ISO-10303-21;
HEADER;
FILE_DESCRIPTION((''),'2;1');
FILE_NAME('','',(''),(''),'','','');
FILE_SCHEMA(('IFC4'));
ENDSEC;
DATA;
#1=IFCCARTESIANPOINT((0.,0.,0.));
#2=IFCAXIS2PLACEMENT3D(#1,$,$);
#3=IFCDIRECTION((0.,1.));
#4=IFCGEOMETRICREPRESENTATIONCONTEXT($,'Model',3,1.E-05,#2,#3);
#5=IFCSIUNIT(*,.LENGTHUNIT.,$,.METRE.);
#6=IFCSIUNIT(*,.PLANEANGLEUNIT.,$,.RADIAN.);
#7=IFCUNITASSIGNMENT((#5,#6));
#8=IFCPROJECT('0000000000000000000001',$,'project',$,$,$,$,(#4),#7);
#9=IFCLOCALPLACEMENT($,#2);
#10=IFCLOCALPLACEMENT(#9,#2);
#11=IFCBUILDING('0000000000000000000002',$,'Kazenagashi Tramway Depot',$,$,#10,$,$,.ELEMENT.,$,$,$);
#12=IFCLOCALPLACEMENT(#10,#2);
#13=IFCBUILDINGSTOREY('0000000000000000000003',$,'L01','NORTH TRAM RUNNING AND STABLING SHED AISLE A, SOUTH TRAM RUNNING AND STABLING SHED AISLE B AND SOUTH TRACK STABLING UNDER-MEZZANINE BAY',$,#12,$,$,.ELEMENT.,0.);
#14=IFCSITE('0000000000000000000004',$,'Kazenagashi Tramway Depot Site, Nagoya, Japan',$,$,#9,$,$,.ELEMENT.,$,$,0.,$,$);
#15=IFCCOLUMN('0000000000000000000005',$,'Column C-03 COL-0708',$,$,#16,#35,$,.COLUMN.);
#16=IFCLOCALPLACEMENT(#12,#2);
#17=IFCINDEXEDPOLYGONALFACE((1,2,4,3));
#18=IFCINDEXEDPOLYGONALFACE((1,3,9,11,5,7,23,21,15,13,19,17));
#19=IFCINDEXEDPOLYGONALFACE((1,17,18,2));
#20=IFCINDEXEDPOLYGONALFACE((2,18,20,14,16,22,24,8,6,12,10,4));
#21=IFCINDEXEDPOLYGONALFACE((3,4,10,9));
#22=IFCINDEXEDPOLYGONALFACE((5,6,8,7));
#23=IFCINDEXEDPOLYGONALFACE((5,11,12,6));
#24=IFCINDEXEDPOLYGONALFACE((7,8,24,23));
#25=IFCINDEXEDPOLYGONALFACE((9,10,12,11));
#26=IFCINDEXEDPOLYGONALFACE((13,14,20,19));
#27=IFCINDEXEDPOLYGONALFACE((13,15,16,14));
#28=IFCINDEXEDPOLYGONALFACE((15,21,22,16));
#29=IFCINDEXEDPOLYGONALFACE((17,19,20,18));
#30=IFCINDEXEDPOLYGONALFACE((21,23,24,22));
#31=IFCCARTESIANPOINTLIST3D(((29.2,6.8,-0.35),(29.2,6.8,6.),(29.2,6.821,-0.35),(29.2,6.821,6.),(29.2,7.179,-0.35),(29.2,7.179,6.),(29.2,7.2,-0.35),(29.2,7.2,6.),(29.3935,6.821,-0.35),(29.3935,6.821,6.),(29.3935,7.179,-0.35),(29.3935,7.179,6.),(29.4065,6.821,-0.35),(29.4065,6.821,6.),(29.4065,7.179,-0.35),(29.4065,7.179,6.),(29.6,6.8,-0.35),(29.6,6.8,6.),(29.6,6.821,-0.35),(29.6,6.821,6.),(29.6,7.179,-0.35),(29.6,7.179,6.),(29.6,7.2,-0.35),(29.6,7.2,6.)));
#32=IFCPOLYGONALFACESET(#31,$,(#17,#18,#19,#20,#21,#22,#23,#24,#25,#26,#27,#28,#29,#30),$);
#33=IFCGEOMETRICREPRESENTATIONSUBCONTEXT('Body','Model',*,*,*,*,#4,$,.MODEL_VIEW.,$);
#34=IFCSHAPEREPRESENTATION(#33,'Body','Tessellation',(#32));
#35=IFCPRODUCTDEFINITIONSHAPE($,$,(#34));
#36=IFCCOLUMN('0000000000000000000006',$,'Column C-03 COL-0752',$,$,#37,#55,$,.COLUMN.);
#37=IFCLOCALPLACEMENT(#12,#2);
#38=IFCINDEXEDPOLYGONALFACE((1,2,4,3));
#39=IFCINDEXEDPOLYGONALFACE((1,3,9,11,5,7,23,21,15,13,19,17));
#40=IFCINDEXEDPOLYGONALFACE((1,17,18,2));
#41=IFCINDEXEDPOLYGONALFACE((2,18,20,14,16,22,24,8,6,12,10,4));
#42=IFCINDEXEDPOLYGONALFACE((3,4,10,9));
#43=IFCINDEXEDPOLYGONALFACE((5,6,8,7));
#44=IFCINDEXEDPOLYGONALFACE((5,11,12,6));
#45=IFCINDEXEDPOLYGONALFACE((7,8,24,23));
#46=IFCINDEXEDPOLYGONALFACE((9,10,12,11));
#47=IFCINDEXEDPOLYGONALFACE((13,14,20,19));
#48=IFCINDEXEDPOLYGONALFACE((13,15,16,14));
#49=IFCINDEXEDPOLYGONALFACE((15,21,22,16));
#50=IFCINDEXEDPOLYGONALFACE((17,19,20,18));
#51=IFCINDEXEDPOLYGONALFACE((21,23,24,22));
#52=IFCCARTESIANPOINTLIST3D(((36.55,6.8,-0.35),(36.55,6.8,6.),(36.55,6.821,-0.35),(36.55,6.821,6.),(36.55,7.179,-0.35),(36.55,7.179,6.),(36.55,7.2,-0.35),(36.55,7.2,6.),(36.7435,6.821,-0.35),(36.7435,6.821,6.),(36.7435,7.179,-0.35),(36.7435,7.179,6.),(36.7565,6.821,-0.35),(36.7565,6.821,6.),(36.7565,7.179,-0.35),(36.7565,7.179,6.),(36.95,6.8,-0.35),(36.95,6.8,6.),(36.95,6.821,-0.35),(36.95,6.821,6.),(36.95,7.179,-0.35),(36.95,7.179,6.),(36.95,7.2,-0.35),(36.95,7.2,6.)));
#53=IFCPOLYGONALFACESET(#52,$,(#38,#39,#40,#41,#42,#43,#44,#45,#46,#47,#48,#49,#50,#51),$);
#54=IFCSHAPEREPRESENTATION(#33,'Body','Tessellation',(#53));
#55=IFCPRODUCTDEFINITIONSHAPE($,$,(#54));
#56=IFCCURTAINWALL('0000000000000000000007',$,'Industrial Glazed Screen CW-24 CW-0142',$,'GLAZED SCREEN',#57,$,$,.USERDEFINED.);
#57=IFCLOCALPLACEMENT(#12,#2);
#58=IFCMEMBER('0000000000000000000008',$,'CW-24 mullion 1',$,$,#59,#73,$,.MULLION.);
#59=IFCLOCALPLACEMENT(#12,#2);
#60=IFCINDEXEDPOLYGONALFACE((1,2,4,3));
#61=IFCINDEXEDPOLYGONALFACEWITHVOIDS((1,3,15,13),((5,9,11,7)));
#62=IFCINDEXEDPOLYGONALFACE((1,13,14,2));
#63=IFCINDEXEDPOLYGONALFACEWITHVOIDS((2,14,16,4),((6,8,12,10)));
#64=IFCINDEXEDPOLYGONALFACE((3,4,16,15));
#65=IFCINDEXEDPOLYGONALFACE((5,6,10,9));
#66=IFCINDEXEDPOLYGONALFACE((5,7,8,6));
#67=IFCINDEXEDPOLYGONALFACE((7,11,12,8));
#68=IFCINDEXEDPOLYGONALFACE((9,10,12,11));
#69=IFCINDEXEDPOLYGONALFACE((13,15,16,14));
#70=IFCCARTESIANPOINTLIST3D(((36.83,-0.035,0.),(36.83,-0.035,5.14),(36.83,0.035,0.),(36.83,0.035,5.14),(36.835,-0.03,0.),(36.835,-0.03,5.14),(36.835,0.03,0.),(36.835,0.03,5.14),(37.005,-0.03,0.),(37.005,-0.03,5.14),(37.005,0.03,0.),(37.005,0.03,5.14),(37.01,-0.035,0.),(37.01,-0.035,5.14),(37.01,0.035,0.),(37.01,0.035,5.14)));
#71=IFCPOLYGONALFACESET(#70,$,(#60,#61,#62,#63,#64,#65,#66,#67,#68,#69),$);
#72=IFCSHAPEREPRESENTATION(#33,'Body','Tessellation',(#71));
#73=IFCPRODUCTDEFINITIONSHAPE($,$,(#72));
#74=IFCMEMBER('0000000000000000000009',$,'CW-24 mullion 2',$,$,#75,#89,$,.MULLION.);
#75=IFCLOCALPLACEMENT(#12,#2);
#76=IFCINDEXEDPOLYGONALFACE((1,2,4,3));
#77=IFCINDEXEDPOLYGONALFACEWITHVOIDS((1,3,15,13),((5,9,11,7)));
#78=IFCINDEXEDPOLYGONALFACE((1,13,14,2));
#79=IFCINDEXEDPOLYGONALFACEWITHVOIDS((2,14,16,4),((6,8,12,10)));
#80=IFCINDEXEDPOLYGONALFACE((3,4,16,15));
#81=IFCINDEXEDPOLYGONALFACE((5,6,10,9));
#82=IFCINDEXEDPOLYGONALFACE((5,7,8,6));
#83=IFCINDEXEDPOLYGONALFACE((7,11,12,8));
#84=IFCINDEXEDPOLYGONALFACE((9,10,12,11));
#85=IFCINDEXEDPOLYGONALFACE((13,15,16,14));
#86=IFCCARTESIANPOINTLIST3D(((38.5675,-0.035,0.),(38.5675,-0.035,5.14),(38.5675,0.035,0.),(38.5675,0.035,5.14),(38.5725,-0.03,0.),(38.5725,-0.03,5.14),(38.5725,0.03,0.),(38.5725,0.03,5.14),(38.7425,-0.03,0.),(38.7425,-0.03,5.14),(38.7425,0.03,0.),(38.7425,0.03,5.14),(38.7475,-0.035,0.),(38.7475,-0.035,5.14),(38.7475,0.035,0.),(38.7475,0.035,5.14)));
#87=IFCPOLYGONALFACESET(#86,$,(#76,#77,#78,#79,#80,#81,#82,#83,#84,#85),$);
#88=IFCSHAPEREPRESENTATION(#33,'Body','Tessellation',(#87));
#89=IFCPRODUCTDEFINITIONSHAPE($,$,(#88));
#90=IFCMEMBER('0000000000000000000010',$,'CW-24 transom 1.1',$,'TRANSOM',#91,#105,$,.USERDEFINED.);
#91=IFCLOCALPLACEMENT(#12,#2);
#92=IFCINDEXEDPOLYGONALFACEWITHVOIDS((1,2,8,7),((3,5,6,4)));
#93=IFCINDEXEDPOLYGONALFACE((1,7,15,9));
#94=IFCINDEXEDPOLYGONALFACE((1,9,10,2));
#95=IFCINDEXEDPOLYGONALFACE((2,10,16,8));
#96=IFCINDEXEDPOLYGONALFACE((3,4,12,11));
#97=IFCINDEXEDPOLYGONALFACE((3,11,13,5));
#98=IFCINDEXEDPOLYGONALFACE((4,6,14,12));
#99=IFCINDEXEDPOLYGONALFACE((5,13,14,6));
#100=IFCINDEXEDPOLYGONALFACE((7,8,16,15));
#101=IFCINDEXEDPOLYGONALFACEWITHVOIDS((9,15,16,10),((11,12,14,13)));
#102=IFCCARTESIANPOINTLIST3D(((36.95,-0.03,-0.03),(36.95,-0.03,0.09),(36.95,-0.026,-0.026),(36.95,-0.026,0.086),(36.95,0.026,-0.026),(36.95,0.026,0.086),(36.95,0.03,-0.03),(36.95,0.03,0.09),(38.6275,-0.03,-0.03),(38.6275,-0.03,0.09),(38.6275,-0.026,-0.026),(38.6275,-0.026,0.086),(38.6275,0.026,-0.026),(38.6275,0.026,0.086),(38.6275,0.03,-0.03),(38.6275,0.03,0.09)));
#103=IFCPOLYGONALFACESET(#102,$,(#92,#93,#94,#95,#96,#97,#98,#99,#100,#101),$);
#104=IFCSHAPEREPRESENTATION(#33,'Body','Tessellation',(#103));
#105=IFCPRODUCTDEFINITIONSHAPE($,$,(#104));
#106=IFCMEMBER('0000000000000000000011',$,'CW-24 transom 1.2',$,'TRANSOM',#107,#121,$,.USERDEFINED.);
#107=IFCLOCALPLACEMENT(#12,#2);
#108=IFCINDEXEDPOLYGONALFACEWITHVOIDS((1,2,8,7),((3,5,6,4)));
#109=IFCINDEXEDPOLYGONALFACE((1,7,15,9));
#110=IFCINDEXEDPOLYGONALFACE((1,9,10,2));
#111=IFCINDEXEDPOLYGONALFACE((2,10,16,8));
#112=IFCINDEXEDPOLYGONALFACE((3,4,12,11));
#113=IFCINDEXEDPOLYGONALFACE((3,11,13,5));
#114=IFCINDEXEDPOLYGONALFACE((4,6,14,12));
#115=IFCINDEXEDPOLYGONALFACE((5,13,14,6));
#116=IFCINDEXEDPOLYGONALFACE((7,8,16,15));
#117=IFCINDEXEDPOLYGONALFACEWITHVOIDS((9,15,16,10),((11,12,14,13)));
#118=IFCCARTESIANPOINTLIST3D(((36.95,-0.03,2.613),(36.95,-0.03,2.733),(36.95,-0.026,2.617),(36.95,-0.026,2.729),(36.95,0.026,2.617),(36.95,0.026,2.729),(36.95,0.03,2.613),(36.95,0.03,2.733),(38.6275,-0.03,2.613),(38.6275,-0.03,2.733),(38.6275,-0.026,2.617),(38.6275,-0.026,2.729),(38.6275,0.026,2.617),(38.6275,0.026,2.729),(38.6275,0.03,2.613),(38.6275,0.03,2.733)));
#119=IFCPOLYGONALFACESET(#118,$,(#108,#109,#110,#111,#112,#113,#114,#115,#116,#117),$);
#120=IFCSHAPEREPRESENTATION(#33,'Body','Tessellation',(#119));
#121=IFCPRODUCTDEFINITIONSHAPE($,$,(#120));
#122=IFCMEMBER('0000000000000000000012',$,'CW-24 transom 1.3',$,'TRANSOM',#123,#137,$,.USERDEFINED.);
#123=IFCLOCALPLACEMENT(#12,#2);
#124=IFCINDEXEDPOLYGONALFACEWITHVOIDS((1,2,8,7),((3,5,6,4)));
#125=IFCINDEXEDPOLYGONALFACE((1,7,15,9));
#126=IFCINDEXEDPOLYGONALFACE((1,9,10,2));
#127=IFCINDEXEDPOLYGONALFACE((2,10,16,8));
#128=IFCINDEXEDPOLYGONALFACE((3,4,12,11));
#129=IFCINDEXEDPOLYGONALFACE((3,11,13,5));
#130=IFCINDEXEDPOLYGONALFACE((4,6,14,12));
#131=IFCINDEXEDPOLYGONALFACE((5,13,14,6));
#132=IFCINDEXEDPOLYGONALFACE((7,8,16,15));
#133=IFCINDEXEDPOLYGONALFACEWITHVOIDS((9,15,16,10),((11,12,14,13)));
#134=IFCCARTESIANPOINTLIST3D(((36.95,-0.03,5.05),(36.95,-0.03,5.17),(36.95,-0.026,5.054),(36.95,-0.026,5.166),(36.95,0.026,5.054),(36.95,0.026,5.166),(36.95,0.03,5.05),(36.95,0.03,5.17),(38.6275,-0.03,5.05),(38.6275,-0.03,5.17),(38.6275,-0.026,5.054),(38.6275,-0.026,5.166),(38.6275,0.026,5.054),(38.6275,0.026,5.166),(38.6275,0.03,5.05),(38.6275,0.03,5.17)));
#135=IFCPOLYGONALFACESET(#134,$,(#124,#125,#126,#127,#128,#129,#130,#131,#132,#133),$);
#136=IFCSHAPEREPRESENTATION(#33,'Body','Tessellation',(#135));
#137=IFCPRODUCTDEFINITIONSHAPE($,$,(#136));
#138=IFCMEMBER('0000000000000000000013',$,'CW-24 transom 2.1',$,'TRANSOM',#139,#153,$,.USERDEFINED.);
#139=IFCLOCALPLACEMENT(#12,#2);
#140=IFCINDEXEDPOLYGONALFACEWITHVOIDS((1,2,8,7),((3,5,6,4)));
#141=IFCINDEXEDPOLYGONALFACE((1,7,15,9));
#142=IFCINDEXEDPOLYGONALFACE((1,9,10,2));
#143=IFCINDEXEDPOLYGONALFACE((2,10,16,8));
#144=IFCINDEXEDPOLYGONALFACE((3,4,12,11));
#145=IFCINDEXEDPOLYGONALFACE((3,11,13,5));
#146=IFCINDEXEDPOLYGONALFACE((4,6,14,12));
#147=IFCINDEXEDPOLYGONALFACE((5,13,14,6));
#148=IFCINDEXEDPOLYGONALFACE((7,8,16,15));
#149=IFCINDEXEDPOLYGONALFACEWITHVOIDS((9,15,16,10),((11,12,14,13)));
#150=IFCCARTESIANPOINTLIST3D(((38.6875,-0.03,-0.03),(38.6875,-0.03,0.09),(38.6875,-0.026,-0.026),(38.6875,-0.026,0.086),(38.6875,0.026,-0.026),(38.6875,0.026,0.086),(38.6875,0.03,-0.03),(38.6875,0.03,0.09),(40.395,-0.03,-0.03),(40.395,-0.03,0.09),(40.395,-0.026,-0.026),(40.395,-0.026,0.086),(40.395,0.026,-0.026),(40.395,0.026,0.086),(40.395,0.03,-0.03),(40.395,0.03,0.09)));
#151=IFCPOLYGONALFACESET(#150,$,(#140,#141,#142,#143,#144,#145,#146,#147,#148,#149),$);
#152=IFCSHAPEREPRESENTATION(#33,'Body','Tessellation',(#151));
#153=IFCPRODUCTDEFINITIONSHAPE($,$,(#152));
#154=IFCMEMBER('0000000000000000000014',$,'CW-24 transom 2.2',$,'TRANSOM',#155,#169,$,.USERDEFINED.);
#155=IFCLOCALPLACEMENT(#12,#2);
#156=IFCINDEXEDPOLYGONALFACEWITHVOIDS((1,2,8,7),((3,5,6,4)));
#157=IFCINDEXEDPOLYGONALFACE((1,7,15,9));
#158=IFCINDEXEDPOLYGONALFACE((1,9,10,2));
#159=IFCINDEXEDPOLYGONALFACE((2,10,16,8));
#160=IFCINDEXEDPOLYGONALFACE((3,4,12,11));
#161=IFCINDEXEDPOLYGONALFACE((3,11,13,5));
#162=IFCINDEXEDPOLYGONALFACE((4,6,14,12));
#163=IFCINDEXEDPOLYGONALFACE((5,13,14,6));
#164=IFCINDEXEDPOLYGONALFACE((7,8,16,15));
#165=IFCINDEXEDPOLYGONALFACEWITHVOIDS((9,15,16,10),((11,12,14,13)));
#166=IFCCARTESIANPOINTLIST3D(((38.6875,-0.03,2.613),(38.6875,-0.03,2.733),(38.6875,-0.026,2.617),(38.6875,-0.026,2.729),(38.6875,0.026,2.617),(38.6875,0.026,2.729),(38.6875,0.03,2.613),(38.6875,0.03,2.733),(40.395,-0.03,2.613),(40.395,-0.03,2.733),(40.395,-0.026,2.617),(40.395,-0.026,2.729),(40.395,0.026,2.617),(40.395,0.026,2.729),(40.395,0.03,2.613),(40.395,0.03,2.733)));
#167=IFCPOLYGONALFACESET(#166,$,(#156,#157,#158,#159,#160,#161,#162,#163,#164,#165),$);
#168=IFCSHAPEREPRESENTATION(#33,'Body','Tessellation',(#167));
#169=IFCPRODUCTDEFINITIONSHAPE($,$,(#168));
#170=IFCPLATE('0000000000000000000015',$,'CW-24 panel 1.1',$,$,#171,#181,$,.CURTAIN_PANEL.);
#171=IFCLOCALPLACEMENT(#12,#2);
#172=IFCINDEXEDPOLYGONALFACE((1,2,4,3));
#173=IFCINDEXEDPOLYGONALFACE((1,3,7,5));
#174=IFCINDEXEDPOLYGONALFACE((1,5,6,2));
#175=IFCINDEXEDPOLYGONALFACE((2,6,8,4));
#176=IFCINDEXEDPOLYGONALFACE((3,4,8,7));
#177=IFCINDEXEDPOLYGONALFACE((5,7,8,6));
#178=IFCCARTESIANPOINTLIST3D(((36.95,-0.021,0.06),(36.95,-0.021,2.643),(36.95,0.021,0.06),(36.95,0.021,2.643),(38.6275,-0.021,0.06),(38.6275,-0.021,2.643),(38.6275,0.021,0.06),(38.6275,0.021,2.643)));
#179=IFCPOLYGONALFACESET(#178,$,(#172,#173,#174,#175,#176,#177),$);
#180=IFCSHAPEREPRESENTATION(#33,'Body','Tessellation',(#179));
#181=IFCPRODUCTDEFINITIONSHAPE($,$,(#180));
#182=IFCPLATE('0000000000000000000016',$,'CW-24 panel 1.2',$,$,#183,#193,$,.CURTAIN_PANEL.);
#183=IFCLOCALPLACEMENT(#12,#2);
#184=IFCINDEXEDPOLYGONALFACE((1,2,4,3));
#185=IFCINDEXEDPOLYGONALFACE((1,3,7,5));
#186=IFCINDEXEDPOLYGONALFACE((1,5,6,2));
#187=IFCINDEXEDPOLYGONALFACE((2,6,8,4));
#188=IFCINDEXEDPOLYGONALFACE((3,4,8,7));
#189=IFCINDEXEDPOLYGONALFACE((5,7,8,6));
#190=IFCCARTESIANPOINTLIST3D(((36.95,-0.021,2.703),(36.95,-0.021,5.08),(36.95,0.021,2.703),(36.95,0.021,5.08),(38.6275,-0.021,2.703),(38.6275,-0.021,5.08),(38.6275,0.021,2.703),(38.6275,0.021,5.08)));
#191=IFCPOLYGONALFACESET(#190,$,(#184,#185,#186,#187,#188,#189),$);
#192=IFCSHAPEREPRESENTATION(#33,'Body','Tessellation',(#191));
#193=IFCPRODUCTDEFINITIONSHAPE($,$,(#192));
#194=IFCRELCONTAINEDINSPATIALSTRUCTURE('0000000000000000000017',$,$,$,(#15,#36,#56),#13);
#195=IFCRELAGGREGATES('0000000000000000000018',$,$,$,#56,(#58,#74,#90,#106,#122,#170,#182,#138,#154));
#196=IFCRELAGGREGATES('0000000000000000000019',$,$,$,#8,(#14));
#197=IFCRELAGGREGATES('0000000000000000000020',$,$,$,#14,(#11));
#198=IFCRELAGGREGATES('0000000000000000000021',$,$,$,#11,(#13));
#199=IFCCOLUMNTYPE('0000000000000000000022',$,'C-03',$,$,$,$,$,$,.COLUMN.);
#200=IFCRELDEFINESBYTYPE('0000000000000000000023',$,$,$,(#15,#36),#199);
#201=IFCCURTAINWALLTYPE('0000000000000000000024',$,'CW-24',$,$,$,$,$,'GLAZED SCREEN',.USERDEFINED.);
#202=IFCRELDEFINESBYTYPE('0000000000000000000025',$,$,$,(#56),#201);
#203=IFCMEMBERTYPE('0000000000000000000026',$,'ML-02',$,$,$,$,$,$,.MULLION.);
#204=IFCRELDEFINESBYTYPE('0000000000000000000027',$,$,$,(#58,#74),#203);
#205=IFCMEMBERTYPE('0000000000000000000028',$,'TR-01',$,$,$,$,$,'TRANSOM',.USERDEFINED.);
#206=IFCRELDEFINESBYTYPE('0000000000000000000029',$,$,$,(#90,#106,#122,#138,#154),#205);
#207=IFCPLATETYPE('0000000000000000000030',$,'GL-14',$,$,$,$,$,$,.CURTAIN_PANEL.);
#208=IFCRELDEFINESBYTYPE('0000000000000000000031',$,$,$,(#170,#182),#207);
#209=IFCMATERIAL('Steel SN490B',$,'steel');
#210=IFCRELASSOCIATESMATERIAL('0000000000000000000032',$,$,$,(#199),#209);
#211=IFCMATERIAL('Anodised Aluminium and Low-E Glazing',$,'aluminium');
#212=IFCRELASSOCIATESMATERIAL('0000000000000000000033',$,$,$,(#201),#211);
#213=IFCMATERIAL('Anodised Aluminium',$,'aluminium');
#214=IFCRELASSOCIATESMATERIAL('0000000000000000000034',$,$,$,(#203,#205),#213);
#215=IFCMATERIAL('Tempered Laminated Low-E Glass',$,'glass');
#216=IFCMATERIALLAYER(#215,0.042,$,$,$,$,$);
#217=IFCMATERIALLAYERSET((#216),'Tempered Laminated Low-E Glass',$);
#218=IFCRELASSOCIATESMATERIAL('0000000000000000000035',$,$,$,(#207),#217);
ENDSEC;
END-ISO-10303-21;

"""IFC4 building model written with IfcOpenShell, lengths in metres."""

from ifc_helpers import new_model, si_unit, direction, frame, origin, origin_2d, place, context, subcontext, project, spatial, rectangle, hollow_rectangle, i_section, extrude, material, layer, layer_set, material_profile, profile_set, type_object, element, aggregate, save


model = new_model("IFC4")

# Units and contexts
model_context = context("Model", 3, precision=1e-05, world=origin(), true_north=direction((0.0, 1.0)))
body_context = subcontext(model_context, "Body", "Model", "MODEL_VIEW")
ifc_project = project(units=[si_unit("LENGTHUNIT", "METRE"), si_unit("PLANEANGLEUNIT", "RADIAN")], contexts=[model_context])

# Site, building, storey
site_placement = place(None, origin())
site = spatial("IfcSite", under=ifc_project, at=site_placement, Name="Kazenagashi Tramway Depot Site, Nagoya, Japan", CompositionType="ELEMENT", RefElevation=0.0)
building_placement = place(site_placement, origin())
building = spatial("IfcBuilding", under=site, at=building_placement, Name="Kazenagashi Tramway Depot", CompositionType="ELEMENT")
storey_placement = place(building_placement, origin())
storey = spatial("IfcBuildingStorey", under=building, at=storey_placement, Name="L01", Description="NORTH TRAM RUNNING AND STABLING SHED AISLE A, SOUTH TRAM RUNNING AND STABLING SHED AISLE B AND SOUTH TRACK STABLING UNDER-MEZZANINE BAY", CompositionType="ELEMENT", Elevation=0.0)

# Columns
ifc_material_1 = material(Name="Steel SN490B", Category="steel")
ifc_material_profile_1 = material_profile(ifc_material_1, i_section(OverallWidth=0.4, OverallDepth=0.4, WebThickness=0.013, FlangeThickness=0.021, at=origin_2d()), Name="H-400x400x13x21")
ifc_profile_set_1 = profile_set([ifc_material_profile_1], Name="Steel SN490B")
column_type = type_object("IfcColumnType", Name="C-03", PredefinedType="COLUMN", material=ifc_profile_set_1)
for number, where, z_axis, x_axis, name in (
    (1, (29.4, 7.0, -0.35), (0.0, 0.0, 1.0), (1.0, 0.0, 0.0), "Column C-03 COL-0708"),
    (2, (36.75, 7.0, -0.35), (0.0, 0.0, 1.0), (1.0, 0.0, 0.0), "Column C-03 COL-0752"),
):
    element("IfcColumn", number, at=place(storey_placement, frame(where, z_axis=z_axis, x_axis=x_axis)), inside=storey, type_object=column_type, Name=name, PredefinedType="COLUMN", context=body_context, shape_type="SweptSolid", body=[
        extrude(i_section(OverallWidth=0.4, OverallDepth=0.4, WebThickness=0.013, FlangeThickness=0.021, at=origin_2d()), origin(), (0.0, 0.0, 1.0), 6.35),
    ])

# Curtain wall, members, plates
ifc_material_2 = material(Name="Anodised Aluminium and Low-E Glazing", Category="aluminium")
curtain_wall_type = type_object("IfcCurtainWallType", Name="CW-24", ElementType="GLAZED SCREEN", PredefinedType="USERDEFINED", material=ifc_material_2)
curtain_wall_placement = place(storey_placement, origin())
curtain_wall = element("IfcCurtainWall", 3, at=curtain_wall_placement, inside=storey, type_object=curtain_wall_type, Name="Industrial Glazed Screen CW-24 CW-0142", ObjectType="GLAZED SCREEN", PredefinedType="USERDEFINED")
ifc_material_3 = material(Name="Anodised Aluminium", Category="aluminium")
ifc_material_profile_2 = material_profile(ifc_material_3, hollow_rectangle(XDim=0.07, YDim=0.18, WallThickness=0.005, at=origin_2d()), Name="RHS-180x70x5")
ifc_profile_set_2 = profile_set([ifc_material_profile_2], Name="Anodised Aluminium")
member_type_1 = type_object("IfcMemberType", Name="ML-02", PredefinedType="MULLION", material=ifc_profile_set_2)
member_1_placement = place(storey_placement, frame((36.92, 0.0, 0.0), z_axis=(0.0, 0.0, 1.0), x_axis=(0.0, 1.0, 0.0)))
member_1 = element("IfcMember", 4, at=member_1_placement, type_object=member_type_1, Name="CW-24 mullion 1", PredefinedType="MULLION", context=body_context, shape_type="SweptSolid", body=[
    extrude(hollow_rectangle(XDim=0.07, YDim=0.18, WallThickness=0.005, at=origin_2d()), origin(), (0.0, 0.0, 1.0), 5.14),
])
member_2_placement = place(storey_placement, frame((38.6575, 0.0, 0.0), z_axis=(0.0, 0.0, 1.0), x_axis=(0.0, 1.0, 0.0)))
member_2 = element("IfcMember", 5, at=member_2_placement, type_object=member_type_1, Name="CW-24 mullion 2", PredefinedType="MULLION", context=body_context, shape_type="SweptSolid", body=[
    extrude(hollow_rectangle(XDim=0.07, YDim=0.18, WallThickness=0.005, at=origin_2d()), origin(), (0.0, 0.0, 1.0), 5.14),
])
ifc_material_profile_3 = material_profile(ifc_material_3, hollow_rectangle(XDim=0.06, YDim=0.12, WallThickness=0.004, at=origin_2d()), Name="RHS-120x60x4")
ifc_profile_set_3 = profile_set([ifc_material_profile_3], Name="Anodised Aluminium")
member_type_2 = type_object("IfcMemberType", Name="TR-01", ElementType="TRANSOM", PredefinedType="USERDEFINED", material=ifc_profile_set_3)
member_3_placement = place(storey_placement, frame((36.95, 0.0, 0.03), z_axis=(1.0, 0.0, 0.0), x_axis=(0.0, 1.0, 0.0)))
member_3 = element("IfcMember", 6, at=member_3_placement, type_object=member_type_2, Name="CW-24 transom 1.1", ObjectType="TRANSOM", PredefinedType="USERDEFINED", context=body_context, shape_type="SweptSolid", body=[
    extrude(hollow_rectangle(XDim=0.06, YDim=0.12, WallThickness=0.004, at=origin_2d()), origin(), (0.0, 0.0, 1.0), 1.6775),
])
member_4_placement = place(storey_placement, frame((36.95, 0.0, 2.673), z_axis=(1.0, 0.0, 0.0), x_axis=(0.0, 1.0, 0.0)))
member_4 = element("IfcMember", 7, at=member_4_placement, type_object=member_type_2, Name="CW-24 transom 1.2", ObjectType="TRANSOM", PredefinedType="USERDEFINED", context=body_context, shape_type="SweptSolid", body=[
    extrude(hollow_rectangle(XDim=0.06, YDim=0.12, WallThickness=0.004, at=origin_2d()), origin(), (0.0, 0.0, 1.0), 1.6775),
])
member_5_placement = place(storey_placement, frame((36.95, 0.0, 5.11), z_axis=(1.0, 0.0, 0.0), x_axis=(0.0, 1.0, 0.0)))
member_5 = element("IfcMember", 8, at=member_5_placement, type_object=member_type_2, Name="CW-24 transom 1.3", ObjectType="TRANSOM", PredefinedType="USERDEFINED", context=body_context, shape_type="SweptSolid", body=[
    extrude(hollow_rectangle(XDim=0.06, YDim=0.12, WallThickness=0.004, at=origin_2d()), origin(), (0.0, 0.0, 1.0), 1.6775),
])
member_6_placement = place(storey_placement, frame((38.6875, 0.0, 0.03), z_axis=(1.0, 0.0, 0.0), x_axis=(0.0, 1.0, 0.0)))
member_6 = element("IfcMember", 9, at=member_6_placement, type_object=member_type_2, Name="CW-24 transom 2.1", ObjectType="TRANSOM", PredefinedType="USERDEFINED", context=body_context, shape_type="SweptSolid", body=[
    extrude(hollow_rectangle(XDim=0.06, YDim=0.12, WallThickness=0.004, at=origin_2d()), origin(), (0.0, 0.0, 1.0), 1.7075),
])
member_7_placement = place(storey_placement, frame((38.6875, 0.0, 2.673), z_axis=(1.0, 0.0, 0.0), x_axis=(0.0, 1.0, 0.0)))
member_7 = element("IfcMember", 10, at=member_7_placement, type_object=member_type_2, Name="CW-24 transom 2.2", ObjectType="TRANSOM", PredefinedType="USERDEFINED", context=body_context, shape_type="SweptSolid", body=[
    extrude(hollow_rectangle(XDim=0.06, YDim=0.12, WallThickness=0.004, at=origin_2d()), origin(), (0.0, 0.0, 1.0), 1.7075),
])
ifc_material_4 = material(Name="Tempered Laminated Low-E Glass", Category="glass")
ifc_layer_1 = layer(ifc_material_4, 0.042)
ifc_layer_set_1 = layer_set([ifc_layer_1], Name="Tempered Laminated Low-E Glass")
plate_type = type_object("IfcPlateType", Name="GL-14", PredefinedType="CURTAIN_PANEL", material=ifc_layer_set_1)
plate_1_placement = place(storey_placement, frame((37.7888, 0.0, 0.06), z_axis=(0.0, 0.0, 1.0), x_axis=(1.0, 0.0, 0.0)))
plate_1 = element("IfcPlate", 11, at=plate_1_placement, type_object=plate_type, Name="CW-24 panel 1.1", PredefinedType="CURTAIN_PANEL", context=body_context, shape_type="SweptSolid", body=[
    extrude(rectangle(XDim=1.6775, YDim=0.042, at=origin_2d()), origin(), (0.0, 0.0, 1.0), 2.583),
])
plate_2_placement = place(storey_placement, frame((37.7888, 0.0, 2.703), z_axis=(0.0, 0.0, 1.0), x_axis=(1.0, 0.0, 0.0)))
plate_2 = element("IfcPlate", 12, at=plate_2_placement, type_object=plate_type, Name="CW-24 panel 1.2", PredefinedType="CURTAIN_PANEL", context=body_context, shape_type="SweptSolid", body=[
    extrude(rectangle(XDim=1.6775, YDim=0.042, at=origin_2d()), origin(), (0.0, 0.0, 1.0), 2.377),
])
aggregate(curtain_wall, [member_1, member_2, member_3, member_4, member_5, plate_1, plate_2, member_6, member_7])

save(model, "model.ifc")
